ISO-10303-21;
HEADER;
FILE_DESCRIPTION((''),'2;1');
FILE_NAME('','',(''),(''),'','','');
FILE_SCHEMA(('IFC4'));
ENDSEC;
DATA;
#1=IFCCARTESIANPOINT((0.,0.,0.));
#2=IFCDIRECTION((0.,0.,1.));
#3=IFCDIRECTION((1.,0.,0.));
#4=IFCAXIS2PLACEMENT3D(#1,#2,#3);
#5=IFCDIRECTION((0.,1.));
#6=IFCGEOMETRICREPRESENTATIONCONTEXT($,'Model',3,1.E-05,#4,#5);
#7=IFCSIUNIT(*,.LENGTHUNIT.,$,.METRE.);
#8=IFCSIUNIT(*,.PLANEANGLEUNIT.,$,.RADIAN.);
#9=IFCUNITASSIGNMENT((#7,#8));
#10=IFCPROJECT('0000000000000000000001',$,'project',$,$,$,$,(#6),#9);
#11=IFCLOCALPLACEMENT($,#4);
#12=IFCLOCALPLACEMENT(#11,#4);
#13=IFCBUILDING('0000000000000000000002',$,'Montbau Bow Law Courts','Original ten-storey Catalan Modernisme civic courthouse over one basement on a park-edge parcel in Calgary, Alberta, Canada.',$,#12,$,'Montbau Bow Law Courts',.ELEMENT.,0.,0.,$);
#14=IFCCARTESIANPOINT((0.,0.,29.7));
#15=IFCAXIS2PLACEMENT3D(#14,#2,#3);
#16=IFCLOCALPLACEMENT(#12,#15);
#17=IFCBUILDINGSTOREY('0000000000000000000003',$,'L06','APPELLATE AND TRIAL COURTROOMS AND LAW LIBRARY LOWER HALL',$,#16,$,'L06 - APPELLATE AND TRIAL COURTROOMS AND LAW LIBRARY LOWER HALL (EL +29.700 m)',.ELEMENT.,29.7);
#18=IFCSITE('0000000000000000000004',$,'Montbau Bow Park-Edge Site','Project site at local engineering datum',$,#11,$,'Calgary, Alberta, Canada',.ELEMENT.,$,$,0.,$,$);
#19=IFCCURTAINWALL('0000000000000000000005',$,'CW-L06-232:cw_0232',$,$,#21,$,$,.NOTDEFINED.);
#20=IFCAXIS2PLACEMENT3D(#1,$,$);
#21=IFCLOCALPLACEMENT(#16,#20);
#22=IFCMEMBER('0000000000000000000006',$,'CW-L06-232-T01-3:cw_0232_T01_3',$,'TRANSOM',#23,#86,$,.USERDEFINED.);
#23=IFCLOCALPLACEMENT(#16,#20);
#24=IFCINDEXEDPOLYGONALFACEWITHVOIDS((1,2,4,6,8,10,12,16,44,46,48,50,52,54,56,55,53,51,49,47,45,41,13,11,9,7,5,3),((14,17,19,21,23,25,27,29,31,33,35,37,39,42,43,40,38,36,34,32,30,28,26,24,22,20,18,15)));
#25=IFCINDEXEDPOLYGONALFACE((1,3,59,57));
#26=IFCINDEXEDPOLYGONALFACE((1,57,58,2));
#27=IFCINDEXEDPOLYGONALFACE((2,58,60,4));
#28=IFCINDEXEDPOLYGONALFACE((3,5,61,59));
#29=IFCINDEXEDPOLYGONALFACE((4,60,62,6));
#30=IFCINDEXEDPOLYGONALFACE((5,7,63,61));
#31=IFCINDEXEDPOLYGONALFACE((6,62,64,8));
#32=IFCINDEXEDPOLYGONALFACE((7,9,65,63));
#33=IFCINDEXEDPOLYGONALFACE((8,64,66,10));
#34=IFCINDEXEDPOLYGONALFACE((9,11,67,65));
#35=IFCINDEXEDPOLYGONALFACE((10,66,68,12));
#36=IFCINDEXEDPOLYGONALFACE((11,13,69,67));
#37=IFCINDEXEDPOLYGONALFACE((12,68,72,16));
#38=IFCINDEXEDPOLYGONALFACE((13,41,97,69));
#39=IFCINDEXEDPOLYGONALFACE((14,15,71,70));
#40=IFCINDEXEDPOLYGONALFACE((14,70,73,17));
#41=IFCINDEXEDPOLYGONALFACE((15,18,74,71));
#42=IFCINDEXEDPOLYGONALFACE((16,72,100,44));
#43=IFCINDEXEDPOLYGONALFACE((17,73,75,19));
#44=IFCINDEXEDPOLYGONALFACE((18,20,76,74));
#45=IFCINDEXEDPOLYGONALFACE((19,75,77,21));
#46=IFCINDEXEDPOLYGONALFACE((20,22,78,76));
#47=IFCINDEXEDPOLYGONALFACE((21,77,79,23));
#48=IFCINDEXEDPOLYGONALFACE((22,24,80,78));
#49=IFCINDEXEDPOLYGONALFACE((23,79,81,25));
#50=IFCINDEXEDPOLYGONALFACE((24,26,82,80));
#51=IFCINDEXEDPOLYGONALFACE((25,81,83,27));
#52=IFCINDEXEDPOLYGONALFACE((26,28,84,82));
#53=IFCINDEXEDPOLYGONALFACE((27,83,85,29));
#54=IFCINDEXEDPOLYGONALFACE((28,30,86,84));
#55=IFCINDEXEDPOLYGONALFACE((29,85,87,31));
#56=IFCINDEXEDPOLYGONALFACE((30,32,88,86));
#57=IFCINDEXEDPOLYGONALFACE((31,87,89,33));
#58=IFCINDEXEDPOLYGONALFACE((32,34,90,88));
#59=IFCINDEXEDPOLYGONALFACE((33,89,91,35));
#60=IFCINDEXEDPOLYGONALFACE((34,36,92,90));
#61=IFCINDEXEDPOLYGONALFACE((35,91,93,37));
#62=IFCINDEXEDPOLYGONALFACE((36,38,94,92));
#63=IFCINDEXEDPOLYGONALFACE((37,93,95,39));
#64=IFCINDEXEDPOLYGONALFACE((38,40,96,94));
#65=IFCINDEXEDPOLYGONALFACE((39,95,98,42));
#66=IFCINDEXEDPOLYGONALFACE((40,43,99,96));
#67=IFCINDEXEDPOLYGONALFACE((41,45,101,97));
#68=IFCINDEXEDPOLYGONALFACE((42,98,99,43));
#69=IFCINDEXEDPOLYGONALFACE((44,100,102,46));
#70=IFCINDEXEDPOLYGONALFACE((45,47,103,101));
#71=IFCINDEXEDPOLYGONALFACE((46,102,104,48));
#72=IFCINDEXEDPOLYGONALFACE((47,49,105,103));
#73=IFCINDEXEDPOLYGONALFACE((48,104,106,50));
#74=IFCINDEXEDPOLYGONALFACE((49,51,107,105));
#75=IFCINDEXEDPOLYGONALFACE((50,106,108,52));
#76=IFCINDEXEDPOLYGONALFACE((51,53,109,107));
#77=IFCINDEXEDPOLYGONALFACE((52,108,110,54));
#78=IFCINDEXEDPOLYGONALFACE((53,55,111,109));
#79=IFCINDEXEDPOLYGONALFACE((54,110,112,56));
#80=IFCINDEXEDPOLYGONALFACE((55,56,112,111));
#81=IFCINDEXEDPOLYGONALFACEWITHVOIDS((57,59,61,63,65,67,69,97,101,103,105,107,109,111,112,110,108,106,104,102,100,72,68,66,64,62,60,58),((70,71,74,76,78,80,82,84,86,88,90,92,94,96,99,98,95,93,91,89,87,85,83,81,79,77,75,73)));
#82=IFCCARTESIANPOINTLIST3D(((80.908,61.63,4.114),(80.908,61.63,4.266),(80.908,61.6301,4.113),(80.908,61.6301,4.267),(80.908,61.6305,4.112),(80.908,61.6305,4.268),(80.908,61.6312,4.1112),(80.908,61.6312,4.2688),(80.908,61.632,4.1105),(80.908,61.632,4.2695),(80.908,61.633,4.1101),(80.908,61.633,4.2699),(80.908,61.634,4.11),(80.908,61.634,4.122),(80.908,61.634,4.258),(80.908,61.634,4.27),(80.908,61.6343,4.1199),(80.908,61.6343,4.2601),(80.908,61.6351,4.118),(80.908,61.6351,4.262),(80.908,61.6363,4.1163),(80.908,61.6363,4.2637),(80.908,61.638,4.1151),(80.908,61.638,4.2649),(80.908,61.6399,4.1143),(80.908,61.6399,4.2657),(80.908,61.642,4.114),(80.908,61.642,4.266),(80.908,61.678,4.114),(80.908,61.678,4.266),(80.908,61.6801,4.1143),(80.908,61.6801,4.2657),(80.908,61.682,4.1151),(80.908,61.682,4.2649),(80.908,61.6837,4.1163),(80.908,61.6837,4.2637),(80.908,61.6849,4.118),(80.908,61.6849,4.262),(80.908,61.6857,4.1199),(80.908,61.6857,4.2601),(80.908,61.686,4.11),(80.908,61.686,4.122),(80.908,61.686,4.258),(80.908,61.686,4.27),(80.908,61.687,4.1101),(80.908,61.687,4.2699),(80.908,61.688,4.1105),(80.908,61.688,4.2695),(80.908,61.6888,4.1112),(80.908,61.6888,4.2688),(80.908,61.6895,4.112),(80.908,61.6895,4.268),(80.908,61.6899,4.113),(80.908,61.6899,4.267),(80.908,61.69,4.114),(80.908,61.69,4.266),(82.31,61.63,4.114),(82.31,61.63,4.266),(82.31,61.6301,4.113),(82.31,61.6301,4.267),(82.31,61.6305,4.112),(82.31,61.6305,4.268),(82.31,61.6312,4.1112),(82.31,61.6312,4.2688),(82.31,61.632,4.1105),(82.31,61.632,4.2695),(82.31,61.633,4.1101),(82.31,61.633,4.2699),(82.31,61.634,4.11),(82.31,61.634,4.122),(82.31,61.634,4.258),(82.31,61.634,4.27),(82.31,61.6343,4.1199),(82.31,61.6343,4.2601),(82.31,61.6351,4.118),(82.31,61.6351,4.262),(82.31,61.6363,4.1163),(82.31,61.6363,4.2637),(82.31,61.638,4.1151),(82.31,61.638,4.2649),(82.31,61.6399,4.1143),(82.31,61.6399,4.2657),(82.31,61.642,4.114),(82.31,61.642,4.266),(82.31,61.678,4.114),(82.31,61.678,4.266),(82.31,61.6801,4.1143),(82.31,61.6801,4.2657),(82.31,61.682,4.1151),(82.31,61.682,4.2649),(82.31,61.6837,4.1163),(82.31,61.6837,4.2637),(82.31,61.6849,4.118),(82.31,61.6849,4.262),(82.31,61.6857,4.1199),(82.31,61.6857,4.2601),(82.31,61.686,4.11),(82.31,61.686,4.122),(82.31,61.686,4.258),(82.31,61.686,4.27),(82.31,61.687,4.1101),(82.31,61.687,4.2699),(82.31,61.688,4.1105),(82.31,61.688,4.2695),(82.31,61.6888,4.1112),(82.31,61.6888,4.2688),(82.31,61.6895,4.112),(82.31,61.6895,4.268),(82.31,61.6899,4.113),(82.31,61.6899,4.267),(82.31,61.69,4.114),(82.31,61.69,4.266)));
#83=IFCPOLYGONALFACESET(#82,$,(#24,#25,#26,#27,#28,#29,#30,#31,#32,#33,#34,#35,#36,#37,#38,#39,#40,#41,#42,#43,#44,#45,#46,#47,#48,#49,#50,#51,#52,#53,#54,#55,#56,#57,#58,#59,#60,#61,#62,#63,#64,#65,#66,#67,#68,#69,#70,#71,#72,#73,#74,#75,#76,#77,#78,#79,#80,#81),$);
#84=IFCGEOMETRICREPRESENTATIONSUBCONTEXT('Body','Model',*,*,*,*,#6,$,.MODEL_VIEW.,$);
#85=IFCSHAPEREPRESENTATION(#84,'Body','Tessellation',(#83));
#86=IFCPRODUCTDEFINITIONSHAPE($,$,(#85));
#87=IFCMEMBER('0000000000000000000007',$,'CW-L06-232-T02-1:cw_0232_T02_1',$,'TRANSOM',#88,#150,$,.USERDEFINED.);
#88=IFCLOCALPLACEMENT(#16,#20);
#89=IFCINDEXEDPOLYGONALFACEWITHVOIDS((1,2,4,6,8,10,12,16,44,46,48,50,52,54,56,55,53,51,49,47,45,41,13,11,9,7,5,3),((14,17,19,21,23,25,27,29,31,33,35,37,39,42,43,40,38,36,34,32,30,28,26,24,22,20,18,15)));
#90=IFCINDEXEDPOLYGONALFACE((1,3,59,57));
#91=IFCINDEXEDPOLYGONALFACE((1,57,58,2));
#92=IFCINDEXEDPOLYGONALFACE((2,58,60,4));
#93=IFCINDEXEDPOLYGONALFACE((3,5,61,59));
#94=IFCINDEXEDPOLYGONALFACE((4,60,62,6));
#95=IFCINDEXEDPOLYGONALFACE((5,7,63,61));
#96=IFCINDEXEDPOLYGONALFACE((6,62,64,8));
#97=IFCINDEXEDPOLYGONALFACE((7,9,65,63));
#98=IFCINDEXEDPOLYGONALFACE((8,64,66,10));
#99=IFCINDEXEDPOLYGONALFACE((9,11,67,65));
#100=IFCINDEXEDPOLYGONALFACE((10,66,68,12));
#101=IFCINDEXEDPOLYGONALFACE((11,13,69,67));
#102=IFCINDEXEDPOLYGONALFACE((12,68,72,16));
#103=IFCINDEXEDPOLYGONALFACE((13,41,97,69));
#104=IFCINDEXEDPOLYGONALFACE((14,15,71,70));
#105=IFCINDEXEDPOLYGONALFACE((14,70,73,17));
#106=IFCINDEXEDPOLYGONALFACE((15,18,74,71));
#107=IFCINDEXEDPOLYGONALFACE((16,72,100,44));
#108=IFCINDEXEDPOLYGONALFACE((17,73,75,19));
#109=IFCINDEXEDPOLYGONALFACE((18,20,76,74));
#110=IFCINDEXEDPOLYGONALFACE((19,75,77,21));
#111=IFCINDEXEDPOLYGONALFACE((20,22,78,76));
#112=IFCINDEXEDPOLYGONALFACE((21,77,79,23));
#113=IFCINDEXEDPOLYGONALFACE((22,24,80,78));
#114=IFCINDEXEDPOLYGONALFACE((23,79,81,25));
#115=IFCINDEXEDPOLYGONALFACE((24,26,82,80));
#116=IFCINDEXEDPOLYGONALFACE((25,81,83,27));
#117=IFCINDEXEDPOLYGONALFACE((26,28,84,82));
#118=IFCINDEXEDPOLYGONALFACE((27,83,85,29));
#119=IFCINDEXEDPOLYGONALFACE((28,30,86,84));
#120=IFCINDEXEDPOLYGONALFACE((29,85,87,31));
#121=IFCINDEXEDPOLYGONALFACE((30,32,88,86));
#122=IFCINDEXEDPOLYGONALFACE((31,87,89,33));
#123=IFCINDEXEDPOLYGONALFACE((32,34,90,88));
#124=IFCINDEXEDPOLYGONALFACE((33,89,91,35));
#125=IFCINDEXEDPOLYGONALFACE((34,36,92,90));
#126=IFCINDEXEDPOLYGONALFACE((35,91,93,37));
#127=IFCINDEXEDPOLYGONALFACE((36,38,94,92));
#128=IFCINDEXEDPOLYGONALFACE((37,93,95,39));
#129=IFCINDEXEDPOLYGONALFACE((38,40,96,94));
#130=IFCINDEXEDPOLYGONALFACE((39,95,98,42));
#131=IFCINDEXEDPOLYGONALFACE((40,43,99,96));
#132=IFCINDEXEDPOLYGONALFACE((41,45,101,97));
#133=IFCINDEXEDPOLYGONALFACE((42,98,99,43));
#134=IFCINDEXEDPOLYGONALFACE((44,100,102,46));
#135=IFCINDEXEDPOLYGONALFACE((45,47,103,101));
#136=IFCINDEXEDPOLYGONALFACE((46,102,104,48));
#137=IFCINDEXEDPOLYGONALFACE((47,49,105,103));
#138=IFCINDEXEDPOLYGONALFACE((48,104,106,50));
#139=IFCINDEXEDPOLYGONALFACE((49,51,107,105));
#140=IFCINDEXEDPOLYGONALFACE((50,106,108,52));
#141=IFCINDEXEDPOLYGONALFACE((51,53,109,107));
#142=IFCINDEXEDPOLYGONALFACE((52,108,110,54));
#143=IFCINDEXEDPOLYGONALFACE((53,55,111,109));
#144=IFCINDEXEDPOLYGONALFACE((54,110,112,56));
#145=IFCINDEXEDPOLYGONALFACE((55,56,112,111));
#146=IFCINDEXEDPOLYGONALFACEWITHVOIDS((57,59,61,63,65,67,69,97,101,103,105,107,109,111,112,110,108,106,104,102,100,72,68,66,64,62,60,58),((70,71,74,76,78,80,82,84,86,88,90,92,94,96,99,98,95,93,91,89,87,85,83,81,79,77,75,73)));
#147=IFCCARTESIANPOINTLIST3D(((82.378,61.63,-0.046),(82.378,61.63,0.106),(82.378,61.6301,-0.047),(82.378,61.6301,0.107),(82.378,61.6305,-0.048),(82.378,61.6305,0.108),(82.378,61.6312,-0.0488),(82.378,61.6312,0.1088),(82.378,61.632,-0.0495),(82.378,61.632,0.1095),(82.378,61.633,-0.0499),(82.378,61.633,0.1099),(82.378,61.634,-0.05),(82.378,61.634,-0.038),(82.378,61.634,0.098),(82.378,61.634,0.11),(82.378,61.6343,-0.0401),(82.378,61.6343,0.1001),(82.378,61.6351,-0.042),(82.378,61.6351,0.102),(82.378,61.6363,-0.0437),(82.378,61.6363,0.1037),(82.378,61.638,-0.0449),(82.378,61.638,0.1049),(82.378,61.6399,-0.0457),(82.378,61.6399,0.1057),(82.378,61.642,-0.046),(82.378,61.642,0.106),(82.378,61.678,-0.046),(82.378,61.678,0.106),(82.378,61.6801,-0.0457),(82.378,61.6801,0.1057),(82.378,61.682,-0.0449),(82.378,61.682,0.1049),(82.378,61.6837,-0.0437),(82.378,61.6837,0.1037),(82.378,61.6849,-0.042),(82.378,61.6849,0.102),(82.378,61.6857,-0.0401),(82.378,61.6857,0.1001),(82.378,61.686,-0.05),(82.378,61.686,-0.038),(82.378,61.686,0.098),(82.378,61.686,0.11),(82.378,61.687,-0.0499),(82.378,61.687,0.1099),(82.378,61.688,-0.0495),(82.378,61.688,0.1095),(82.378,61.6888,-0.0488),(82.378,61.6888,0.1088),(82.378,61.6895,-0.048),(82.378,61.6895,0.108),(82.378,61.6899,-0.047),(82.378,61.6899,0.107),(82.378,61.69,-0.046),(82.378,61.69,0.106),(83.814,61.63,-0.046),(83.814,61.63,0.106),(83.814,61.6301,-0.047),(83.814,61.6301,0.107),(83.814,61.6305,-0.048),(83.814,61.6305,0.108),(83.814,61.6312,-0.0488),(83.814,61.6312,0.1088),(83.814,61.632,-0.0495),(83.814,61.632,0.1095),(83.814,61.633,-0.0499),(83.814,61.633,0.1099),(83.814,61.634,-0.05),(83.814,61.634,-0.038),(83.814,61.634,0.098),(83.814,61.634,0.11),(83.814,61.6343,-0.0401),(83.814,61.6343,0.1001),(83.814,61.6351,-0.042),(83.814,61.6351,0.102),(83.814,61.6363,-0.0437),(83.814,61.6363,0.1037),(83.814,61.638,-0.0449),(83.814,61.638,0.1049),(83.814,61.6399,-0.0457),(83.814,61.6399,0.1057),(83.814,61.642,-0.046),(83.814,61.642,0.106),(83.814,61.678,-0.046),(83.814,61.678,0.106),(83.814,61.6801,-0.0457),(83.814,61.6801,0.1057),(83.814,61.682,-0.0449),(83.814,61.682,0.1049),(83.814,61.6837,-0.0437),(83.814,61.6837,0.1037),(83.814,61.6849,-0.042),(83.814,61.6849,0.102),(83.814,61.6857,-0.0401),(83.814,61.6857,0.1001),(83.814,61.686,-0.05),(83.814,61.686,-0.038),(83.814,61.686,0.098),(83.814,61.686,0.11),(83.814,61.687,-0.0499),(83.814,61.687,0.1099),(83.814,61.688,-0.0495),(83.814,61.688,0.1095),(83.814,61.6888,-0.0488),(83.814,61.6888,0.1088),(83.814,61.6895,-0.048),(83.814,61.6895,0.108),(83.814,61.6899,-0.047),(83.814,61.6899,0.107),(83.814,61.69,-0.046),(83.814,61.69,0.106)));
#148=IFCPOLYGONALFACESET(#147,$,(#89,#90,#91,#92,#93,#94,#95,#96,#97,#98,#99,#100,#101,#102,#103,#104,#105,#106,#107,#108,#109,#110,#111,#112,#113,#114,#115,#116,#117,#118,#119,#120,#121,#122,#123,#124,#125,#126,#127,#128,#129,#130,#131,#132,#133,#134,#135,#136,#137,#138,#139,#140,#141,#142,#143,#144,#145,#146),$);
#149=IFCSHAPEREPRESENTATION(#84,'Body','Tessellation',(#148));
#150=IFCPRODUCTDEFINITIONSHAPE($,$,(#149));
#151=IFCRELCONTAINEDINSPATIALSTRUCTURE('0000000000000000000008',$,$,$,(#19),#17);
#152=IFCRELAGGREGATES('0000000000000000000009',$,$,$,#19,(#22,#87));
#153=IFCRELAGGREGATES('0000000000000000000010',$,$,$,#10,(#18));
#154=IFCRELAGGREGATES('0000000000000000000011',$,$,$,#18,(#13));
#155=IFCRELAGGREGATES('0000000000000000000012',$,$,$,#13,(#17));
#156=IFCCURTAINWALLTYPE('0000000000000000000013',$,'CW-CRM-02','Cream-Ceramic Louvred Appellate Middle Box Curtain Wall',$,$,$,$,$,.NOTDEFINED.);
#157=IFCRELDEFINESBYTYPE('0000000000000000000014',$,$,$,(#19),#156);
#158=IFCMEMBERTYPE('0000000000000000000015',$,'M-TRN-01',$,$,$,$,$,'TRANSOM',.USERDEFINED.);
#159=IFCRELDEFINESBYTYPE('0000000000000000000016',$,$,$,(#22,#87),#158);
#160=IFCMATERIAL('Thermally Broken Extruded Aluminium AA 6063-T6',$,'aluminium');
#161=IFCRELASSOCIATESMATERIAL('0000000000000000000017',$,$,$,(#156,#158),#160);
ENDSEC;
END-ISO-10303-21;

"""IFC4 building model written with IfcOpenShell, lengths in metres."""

from ifc_helpers import new_model, si_unit, direction, frame, origin_with_axes, origin_2d_with_axis, place, context, subcontext, project, spatial, hollow_rectangle, extrude, material, material_profile, profile_set, type_object, element, aggregate, save


model = new_model("IFC4")

# Units and contexts
model_context = context("Model", 3, precision=1e-05, world=origin_with_axes(), true_north=direction((0.0, 1.0)))
body_context = subcontext(model_context, "Body", "Model", "MODEL_VIEW")
ifc_project = project(units=[si_unit("LENGTHUNIT", "METRE"), si_unit("PLANEANGLEUNIT", "RADIAN")], contexts=[model_context])

# Site, building, storey
site_placement = place(None, origin_with_axes())
site = spatial("IfcSite", under=ifc_project, at=site_placement, Name="Montbau Bow Park-Edge Site", Description="Project site at local engineering datum", LongName="Calgary, Alberta, Canada", CompositionType="ELEMENT", RefElevation=0.0)
building_placement = place(site_placement, origin_with_axes())
building = spatial("IfcBuilding", under=site, at=building_placement, Name="Montbau Bow Law Courts", Description="Original ten-storey Catalan Modernisme civic courthouse over one basement on a park-edge parcel in Calgary, Alberta, Canada.", LongName="Montbau Bow Law Courts", CompositionType="ELEMENT", ElevationOfRefHeight=0.0, ElevationOfTerrain=0.0)
storey_placement = place(building_placement, frame((0.0, 0.0, 29.7), z_axis=(0.0, 0.0, 1.0), x_axis=(1.0, 0.0, 0.0)))
storey = spatial("IfcBuildingStorey", under=building, at=storey_placement, Name="L06", Description="APPELLATE AND TRIAL COURTROOMS AND LAW LIBRARY LOWER HALL", LongName="L06 - APPELLATE AND TRIAL COURTROOMS AND LAW LIBRARY LOWER HALL (EL +29.700 m)", CompositionType="ELEMENT", Elevation=29.7)

# Shared definitions
ifc_material_1 = material(Name="Thermally Broken Extruded Aluminium AA 6063-T6", Category="aluminium")
curtain_wall_type = type_object("IfcCurtainWallType", Name="CW-CRM-02", Description="Cream-Ceramic Louvred Appellate Middle Box Curtain Wall", PredefinedType="NOTDEFINED", material=ifc_material_1)

# Curtain wall, members
curtain_wall_1_placement = place(None, frame((80.84, 61.66, 29.7), z_axis=(0.0, 0.0, 1.0), x_axis=(1.0, 0.0, 0.0)))
curtain_wall_1 = element("IfcCurtainWall", 1, at=curtain_wall_1_placement, inside=storey, type_object=curtain_wall_type, Name="CW-L06-232:cw_0232", PredefinedType="NOTDEFINED")
ifc_material_profile_1 = material_profile(ifc_material_1, hollow_rectangle(XDim=0.06, YDim=0.16, WallThickness=0.004, InnerFilletRadius=0.008, OuterFilletRadius=0.004, at=origin_2d_with_axis()), Name="CWT-160X60", Category="Main", Priority=0)
ifc_profile_set_1 = profile_set([ifc_material_profile_1], Name="Thermally Broken Extruded Aluminium AA 6063-T6")
member_type_1 = type_object("IfcMemberType", Name="M-TRN-01", ElementType="TRANSOM", PredefinedType="USERDEFINED", material=ifc_profile_set_1)
member_1_placement = place(None, frame((80.908, 61.66, 33.89), z_axis=(1.0, 0.0, 0.0), x_axis=(0.0, 1.0, 0.0)))
member_1 = element("IfcMember", 2, at=member_1_placement, type_object=member_type_1, Name="CW-L06-232-T01-3:cw_0232_T01_3", ObjectType="TRANSOM", PredefinedType="USERDEFINED", context=body_context, shape_type="SweptSolid", body=[
    extrude(hollow_rectangle(XDim=0.06, YDim=0.16, WallThickness=0.004, InnerFilletRadius=0.008, OuterFilletRadius=0.004, at=origin_2d_with_axis()), origin_with_axes(), (0.0, 0.0, 1.0), 1.402),
])
member_2_placement = place(None, frame((82.378, 61.66, 29.73), z_axis=(1.0, 0.0, 0.0), x_axis=(0.0, 1.0, 0.0)))
member_2 = element("IfcMember", 3, at=member_2_placement, type_object=member_type_1, Name="CW-L06-232-T02-1:cw_0232_T02_1", ObjectType="TRANSOM", PredefinedType="USERDEFINED", context=body_context, shape_type="SweptSolid", body=[
    extrude(hollow_rectangle(XDim=0.06, YDim=0.16, WallThickness=0.004, InnerFilletRadius=0.008, OuterFilletRadius=0.004, at=origin_2d_with_axis()), origin_with_axes(), (0.0, 0.0, 1.0), 1.436),
])

aggregate(curtain_wall_1, [member_1, member_2])

save(model, "model.ifc")
